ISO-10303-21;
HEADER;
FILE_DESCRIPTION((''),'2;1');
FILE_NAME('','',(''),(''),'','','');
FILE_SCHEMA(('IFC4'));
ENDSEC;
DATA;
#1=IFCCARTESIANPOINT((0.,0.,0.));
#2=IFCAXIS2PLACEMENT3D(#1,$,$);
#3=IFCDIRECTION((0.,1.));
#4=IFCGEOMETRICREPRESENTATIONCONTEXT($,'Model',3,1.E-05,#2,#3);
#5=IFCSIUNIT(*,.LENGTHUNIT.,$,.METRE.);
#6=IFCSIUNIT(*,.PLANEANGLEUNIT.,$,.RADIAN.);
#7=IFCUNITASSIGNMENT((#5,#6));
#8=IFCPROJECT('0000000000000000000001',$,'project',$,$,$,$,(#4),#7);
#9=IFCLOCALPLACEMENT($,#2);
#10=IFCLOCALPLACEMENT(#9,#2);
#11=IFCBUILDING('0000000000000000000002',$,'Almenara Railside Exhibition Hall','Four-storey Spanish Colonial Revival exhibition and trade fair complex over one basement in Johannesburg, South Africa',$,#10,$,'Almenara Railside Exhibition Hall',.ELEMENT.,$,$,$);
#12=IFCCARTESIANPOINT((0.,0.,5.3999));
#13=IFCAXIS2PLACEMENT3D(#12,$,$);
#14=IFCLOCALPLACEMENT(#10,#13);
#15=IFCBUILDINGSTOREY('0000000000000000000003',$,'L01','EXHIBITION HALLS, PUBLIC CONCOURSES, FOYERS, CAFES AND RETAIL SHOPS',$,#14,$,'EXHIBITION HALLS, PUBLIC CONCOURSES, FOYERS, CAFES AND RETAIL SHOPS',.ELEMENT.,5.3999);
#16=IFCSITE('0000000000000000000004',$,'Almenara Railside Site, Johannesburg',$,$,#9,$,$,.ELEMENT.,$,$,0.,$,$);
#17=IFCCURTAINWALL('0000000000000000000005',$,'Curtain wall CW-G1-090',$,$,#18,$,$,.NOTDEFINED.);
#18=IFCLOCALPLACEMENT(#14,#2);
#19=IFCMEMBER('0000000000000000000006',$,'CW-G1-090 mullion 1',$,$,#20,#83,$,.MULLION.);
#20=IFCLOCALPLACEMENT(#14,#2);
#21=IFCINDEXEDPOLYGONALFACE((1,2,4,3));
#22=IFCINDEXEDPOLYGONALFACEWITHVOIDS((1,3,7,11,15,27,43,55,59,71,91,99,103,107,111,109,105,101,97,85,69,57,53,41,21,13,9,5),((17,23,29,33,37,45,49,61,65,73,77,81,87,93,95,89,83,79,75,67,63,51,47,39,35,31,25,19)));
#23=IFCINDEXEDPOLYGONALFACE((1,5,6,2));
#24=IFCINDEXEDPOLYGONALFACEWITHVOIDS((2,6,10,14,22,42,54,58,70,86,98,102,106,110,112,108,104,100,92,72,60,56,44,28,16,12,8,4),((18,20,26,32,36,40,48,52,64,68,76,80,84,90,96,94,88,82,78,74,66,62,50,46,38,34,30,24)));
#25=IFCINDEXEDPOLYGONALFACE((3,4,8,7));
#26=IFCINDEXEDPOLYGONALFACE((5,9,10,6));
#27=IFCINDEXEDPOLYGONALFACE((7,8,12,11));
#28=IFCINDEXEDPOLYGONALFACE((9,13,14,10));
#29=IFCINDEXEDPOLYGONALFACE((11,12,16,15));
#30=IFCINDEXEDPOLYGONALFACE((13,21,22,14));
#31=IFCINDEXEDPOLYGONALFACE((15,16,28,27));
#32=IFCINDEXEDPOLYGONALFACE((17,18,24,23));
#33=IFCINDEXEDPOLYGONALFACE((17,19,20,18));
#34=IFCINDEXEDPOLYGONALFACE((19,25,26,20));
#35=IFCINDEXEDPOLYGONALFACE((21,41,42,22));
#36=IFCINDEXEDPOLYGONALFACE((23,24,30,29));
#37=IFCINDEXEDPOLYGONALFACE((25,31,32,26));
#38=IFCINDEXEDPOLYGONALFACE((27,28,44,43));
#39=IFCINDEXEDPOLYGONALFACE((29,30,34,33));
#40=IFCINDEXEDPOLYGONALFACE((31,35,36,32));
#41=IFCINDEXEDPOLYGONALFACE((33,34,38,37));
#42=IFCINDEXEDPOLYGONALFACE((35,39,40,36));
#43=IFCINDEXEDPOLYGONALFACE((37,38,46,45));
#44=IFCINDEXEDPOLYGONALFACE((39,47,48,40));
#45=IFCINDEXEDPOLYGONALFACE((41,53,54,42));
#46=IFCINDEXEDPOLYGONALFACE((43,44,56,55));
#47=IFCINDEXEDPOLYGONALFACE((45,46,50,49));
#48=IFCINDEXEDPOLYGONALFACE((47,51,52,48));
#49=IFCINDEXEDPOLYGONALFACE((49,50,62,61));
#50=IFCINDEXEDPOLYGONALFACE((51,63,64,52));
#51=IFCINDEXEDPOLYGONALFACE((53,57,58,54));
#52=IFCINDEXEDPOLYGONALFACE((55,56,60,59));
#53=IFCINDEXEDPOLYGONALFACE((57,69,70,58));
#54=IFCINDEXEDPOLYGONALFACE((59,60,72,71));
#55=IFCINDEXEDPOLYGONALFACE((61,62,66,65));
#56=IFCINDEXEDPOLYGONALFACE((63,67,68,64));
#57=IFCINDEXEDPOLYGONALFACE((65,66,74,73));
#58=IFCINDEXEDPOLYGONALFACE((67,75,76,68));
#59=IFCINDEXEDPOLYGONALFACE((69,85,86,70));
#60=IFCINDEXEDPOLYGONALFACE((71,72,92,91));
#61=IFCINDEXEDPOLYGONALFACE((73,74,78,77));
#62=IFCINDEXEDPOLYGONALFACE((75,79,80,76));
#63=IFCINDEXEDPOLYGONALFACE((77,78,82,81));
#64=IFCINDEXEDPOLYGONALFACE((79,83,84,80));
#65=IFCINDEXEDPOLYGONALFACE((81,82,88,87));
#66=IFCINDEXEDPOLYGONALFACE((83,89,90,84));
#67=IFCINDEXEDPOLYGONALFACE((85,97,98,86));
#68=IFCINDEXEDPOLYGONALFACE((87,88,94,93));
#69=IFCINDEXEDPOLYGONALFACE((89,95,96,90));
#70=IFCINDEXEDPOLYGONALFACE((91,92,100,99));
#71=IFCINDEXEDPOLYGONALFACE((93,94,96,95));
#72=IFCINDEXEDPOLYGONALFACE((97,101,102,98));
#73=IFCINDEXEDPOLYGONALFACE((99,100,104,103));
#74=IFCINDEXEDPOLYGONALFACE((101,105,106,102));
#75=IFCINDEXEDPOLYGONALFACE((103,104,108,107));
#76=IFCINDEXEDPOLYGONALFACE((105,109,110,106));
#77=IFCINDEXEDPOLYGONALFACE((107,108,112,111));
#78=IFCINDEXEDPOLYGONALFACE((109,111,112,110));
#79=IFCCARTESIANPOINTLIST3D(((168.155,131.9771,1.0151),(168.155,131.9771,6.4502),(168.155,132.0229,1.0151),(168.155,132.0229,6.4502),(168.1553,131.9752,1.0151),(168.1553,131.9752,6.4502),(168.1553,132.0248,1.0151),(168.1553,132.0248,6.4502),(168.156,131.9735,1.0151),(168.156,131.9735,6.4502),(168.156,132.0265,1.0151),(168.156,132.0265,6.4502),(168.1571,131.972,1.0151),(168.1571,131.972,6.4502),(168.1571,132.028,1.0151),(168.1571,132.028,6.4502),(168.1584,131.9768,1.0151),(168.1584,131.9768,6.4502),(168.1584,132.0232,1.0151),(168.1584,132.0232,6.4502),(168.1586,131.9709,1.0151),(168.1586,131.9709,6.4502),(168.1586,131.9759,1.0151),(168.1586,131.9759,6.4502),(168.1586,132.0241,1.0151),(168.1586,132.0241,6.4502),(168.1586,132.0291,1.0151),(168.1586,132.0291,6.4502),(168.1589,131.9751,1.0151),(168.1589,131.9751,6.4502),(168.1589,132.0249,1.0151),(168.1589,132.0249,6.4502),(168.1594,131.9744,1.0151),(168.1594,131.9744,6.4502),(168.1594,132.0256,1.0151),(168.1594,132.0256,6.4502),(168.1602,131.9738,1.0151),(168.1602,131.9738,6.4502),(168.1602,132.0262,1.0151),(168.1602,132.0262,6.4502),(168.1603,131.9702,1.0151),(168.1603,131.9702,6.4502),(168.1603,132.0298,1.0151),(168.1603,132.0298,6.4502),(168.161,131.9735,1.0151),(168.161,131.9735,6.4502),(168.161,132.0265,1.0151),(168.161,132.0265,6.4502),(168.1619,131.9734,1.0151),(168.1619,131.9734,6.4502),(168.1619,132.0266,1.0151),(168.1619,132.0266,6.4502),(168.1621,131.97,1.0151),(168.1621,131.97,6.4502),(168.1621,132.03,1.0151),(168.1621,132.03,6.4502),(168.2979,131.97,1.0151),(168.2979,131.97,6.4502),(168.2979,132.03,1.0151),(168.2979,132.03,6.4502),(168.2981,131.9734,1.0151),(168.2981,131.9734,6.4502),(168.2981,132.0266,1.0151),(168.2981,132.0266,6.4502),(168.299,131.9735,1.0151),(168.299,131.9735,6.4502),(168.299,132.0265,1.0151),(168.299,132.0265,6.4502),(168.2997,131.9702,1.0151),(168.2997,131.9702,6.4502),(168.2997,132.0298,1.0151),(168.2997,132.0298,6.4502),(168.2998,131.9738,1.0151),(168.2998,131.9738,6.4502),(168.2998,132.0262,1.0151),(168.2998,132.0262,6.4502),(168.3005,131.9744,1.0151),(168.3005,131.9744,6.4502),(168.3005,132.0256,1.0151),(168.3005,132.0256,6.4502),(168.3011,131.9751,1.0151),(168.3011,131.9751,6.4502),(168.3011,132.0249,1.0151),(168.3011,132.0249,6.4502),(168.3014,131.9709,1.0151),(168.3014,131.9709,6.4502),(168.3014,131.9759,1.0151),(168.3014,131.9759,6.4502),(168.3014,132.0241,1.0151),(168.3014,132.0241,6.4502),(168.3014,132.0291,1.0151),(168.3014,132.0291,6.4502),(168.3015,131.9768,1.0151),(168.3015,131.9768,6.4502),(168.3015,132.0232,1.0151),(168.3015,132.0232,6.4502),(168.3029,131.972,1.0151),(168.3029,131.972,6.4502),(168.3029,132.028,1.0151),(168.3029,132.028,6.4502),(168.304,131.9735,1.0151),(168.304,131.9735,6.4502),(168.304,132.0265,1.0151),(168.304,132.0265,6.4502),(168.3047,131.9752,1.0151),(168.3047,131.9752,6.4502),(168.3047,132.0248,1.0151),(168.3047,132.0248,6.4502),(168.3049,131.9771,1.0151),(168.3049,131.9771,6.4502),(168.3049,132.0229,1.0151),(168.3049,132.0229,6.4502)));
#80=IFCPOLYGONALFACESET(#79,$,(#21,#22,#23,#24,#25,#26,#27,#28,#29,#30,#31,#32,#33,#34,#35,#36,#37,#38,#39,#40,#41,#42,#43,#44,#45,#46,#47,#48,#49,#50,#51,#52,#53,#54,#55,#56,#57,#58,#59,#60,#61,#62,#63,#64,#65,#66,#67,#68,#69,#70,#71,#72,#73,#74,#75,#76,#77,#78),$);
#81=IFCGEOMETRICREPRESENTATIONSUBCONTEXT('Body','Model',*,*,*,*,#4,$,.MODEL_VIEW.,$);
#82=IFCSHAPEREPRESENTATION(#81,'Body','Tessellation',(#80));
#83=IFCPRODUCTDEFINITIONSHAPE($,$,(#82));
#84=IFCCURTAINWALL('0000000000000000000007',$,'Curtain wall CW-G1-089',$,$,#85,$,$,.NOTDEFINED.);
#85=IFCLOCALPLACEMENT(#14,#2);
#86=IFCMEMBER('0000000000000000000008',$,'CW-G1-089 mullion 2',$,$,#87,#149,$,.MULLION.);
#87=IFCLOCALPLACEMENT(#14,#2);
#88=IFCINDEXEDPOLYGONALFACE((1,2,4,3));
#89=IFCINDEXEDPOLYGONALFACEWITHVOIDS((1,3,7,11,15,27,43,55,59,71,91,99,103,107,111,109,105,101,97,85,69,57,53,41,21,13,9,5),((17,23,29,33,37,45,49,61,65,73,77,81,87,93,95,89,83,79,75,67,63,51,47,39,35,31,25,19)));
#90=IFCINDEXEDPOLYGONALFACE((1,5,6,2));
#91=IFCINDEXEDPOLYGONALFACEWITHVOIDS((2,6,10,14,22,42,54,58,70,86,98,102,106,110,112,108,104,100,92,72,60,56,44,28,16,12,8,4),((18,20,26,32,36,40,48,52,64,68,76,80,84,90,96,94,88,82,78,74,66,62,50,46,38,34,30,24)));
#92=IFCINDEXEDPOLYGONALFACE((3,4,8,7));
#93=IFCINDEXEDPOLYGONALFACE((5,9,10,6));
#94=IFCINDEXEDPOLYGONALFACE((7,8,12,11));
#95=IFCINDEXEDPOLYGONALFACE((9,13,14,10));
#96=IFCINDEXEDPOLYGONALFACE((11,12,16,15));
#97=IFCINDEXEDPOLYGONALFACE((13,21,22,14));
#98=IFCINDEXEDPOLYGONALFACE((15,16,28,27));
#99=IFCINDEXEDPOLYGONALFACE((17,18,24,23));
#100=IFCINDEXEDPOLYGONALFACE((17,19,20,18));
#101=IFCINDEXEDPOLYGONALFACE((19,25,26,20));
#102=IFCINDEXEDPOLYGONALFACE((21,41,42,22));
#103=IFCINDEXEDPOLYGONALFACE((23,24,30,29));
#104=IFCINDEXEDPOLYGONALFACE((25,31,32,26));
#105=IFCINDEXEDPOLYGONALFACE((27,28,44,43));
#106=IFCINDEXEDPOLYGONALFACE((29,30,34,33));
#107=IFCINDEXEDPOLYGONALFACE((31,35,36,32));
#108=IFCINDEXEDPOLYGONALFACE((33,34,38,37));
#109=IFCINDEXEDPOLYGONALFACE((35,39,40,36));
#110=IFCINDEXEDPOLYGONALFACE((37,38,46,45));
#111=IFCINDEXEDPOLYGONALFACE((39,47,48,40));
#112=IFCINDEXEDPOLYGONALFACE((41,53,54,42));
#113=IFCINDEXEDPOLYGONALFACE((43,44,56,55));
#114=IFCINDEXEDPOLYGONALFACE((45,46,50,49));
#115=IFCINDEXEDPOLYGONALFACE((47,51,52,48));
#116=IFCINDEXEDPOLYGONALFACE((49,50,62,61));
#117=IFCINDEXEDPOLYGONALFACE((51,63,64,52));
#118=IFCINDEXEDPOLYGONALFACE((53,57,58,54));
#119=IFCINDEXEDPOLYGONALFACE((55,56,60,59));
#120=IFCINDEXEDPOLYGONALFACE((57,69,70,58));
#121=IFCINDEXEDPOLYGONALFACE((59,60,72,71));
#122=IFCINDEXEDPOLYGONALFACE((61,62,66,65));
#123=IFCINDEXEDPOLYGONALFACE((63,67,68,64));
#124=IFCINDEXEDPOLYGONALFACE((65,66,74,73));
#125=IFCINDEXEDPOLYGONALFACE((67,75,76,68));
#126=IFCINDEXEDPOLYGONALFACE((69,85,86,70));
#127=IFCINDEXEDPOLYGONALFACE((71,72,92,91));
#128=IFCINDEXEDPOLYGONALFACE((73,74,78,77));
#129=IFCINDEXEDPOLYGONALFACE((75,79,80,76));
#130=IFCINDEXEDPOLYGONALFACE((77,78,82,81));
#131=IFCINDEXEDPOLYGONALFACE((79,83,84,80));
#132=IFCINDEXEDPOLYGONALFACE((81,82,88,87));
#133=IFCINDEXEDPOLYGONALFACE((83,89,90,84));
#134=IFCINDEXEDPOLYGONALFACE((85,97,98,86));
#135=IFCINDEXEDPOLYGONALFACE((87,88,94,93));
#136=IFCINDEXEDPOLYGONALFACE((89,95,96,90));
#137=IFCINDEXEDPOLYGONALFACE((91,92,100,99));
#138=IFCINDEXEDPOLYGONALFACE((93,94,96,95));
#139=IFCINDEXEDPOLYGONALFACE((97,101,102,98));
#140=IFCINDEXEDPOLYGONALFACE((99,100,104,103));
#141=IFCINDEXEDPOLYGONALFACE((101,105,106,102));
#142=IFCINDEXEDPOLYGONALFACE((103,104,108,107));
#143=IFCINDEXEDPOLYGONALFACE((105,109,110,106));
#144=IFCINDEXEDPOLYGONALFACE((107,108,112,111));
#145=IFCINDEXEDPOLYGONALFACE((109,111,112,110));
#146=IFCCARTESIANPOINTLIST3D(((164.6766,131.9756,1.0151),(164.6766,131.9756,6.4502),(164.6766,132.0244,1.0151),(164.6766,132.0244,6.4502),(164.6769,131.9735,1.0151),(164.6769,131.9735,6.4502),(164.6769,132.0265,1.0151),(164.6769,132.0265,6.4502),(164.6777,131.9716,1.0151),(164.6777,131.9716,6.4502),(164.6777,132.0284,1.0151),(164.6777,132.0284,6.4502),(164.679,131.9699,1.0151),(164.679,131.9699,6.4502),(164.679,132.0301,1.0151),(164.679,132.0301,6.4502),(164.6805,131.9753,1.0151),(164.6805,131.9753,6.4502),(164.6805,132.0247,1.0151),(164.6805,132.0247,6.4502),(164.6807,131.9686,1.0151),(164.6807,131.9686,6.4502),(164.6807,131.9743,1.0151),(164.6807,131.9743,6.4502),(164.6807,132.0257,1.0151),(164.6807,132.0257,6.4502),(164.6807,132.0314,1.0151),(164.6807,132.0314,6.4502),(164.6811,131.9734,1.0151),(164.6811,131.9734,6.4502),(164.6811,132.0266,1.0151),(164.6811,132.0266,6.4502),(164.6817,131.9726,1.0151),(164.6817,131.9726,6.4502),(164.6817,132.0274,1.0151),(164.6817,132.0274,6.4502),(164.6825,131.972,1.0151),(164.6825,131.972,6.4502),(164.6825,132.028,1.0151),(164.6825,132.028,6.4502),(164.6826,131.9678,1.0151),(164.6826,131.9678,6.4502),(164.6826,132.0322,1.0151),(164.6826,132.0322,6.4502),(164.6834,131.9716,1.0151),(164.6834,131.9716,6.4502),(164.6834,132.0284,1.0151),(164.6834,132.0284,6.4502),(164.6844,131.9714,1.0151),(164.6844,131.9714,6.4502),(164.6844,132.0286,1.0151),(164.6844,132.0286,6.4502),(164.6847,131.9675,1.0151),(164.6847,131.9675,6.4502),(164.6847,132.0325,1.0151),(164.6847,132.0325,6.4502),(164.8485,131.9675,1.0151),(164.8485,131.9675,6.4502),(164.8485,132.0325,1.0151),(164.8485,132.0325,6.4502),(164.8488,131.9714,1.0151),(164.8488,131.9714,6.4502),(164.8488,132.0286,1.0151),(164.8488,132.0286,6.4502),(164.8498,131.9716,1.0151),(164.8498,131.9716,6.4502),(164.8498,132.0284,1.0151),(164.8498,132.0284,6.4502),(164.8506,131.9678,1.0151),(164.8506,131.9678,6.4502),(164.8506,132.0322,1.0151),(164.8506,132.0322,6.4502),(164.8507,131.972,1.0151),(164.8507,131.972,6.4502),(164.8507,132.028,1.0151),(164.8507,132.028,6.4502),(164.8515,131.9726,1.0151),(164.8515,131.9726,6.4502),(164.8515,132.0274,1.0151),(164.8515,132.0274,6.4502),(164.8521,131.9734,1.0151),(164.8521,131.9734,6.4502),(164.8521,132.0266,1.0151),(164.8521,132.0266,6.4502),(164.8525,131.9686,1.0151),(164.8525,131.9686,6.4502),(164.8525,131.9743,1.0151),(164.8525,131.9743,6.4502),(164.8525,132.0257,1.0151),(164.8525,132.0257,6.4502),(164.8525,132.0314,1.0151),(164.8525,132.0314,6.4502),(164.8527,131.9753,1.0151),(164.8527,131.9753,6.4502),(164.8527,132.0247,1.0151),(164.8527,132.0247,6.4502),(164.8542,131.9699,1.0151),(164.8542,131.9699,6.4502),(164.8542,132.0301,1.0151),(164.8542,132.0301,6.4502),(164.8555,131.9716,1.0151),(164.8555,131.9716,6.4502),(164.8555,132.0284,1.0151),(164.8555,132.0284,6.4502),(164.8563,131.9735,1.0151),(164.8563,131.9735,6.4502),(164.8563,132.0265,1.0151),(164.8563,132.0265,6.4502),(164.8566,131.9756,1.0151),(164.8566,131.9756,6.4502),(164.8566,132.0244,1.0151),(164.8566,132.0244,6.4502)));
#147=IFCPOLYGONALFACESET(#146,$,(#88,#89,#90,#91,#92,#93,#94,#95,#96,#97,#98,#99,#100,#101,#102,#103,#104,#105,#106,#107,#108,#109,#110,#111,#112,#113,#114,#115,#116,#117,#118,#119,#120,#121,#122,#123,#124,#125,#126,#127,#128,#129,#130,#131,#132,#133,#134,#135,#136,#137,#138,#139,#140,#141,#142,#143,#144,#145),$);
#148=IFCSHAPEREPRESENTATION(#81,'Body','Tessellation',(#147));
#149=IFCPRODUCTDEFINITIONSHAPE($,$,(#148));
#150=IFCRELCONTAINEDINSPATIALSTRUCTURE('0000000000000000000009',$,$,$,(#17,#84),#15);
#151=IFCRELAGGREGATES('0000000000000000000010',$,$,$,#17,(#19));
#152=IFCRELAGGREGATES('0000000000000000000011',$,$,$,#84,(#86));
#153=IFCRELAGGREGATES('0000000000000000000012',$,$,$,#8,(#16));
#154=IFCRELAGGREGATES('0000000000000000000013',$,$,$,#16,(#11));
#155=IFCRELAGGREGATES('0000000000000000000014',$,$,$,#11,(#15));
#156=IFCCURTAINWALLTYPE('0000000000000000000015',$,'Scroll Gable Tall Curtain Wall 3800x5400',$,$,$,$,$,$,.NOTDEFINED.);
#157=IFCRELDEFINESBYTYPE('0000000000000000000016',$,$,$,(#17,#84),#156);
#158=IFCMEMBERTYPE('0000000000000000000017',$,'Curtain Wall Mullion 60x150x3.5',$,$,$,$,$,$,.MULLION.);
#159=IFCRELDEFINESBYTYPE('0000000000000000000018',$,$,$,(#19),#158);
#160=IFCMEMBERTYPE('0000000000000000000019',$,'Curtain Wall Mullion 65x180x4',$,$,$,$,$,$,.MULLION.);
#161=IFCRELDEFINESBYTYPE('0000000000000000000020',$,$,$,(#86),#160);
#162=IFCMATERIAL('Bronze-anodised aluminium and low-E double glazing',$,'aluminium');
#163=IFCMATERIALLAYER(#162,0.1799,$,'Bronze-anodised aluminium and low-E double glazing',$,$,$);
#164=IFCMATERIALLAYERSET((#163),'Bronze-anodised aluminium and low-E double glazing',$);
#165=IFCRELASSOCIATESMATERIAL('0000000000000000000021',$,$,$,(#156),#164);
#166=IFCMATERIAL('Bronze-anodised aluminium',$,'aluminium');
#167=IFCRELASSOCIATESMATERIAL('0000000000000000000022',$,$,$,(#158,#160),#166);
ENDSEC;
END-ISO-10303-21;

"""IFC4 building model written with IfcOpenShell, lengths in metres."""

from ifc_helpers import new_model, si_unit, direction, frame, origin, origin_2d, place, context, subcontext, project, spatial, hollow_rectangle, extrude, material, layer, layer_set, material_profile, profile_set, type_object, element, aggregate, save


model = new_model("IFC4")

# Units and contexts
model_context = context("Model", 3, precision=1e-05, world=origin(), true_north=direction((0.0, 1.0)))
body_context = subcontext(model_context, "Body", "Model", "MODEL_VIEW")
ifc_project = project(units=[si_unit("LENGTHUNIT", "METRE"), si_unit("PLANEANGLEUNIT", "RADIAN")], contexts=[model_context])

# Site, building, storey
site_placement = place(None, origin())
site = spatial("IfcSite", under=ifc_project, at=site_placement, Name="Almenara Railside Site, Johannesburg", CompositionType="ELEMENT", RefElevation=0.0)
building_placement = place(site_placement, origin())
building = spatial("IfcBuilding", under=site, at=building_placement, Name="Almenara Railside Exhibition Hall", Description="Four-storey Spanish Colonial Revival exhibition and trade fair complex over one basement in Johannesburg, South Africa", LongName="Almenara Railside Exhibition Hall", CompositionType="ELEMENT")
storey_placement = place(building_placement, frame((0.0, 0.0, 5.3999)))
storey = spatial("IfcBuildingStorey", under=building, at=storey_placement, Name="L01", Description="EXHIBITION HALLS, PUBLIC CONCOURSES, FOYERS, CAFES AND RETAIL SHOPS", LongName="EXHIBITION HALLS, PUBLIC CONCOURSES, FOYERS, CAFES AND RETAIL SHOPS", CompositionType="ELEMENT", Elevation=5.3999)

# Curtain wall, member
ifc_material_1 = material(Name="Bronze-anodised aluminium and low-E double glazing", Category="aluminium")
ifc_layer_1 = layer(ifc_material_1, 0.1799, Name="Bronze-anodised aluminium and low-E double glazing")
ifc_layer_set_1 = layer_set([ifc_layer_1], Name="Bronze-anodised aluminium and low-E double glazing")
curtain_wall_type = type_object("IfcCurtainWallType", Name="Scroll Gable Tall Curtain Wall 3800x5400", PredefinedType="NOTDEFINED", material=ifc_layer_set_1)
curtain_wall_1_placement = place(storey_placement, origin())
curtain_wall_1 = element("IfcCurtainWall", 1, at=curtain_wall_1_placement, inside=storey, type_object=curtain_wall_type, Name="Curtain wall CW-G1-090", PredefinedType="NOTDEFINED")
ifc_material_2 = material(Name="Bronze-anodised aluminium", Category="aluminium")
ifc_material_profile_1 = material_profile(ifc_material_2, hollow_rectangle(XDim=0.0601, YDim=0.1499, WallThickness=0.0034, InnerFilletRadius=0.0034, OuterFilletRadius=0.0071, at=origin_2d()), Name="ALU-MUL 60x150x3.5")
ifc_profile_set_1 = profile_set([ifc_material_profile_1], Name="Bronze-anodised aluminium")
member_type_1 = type_object("IfcMemberType", Name="Curtain Wall Mullion 60x150x3.5", PredefinedType="MULLION", material=ifc_profile_set_1)
member_1_placement = place(storey_placement, frame((168.23, 132.0, 1.0151), z_axis=(0.0, 0.0, 1.0), x_axis=(0.0, 1.0, 0.0)))
member_1 = element("IfcMember", 2, at=member_1_placement, type_object=member_type_1, Name="CW-G1-090 mullion 1", PredefinedType="MULLION", context=body_context, shape_type="SweptSolid", body=[
    extrude(hollow_rectangle(XDim=0.0601, YDim=0.1499, WallThickness=0.0034, InnerFilletRadius=0.0034, OuterFilletRadius=0.0071, at=origin_2d()), origin(), (0.0, 0.0, 1.0), 5.4351),
])

# Curtain wall, member
curtain_wall_2_placement = place(storey_placement, origin())
curtain_wall_2 = element("IfcCurtainWall", 3, at=curtain_wall_2_placement, inside=storey, type_object=curtain_wall_type, Name="Curtain wall CW-G1-089", PredefinedType="NOTDEFINED")
ifc_material_profile_2 = material_profile(ifc_material_2, hollow_rectangle(XDim=0.0649, YDim=0.1799, WallThickness=0.0039, InnerFilletRadius=0.0039, OuterFilletRadius=0.0081, at=origin_2d()), Name="ALU-MUL 65x180x4")
ifc_profile_set_2 = profile_set([ifc_material_profile_2], Name="Bronze-anodised aluminium")
member_type_2 = type_object("IfcMemberType", Name="Curtain Wall Mullion 65x180x4", PredefinedType="MULLION", material=ifc_profile_set_2)
member_2_placement = place(storey_placement, frame((164.7666, 132.0, 1.0151), z_axis=(0.0, 0.0, 1.0), x_axis=(0.0, 1.0, 0.0)))
member_2 = element("IfcMember", 4, at=member_2_placement, type_object=member_type_2, Name="CW-G1-089 mullion 2", PredefinedType="MULLION", context=body_context, shape_type="SweptSolid", body=[
    extrude(hollow_rectangle(XDim=0.0649, YDim=0.1799, WallThickness=0.0039, InnerFilletRadius=0.0039, OuterFilletRadius=0.0081, at=origin_2d()), origin(), (0.0, 0.0, 1.0), 5.4351),
])

aggregate(curtain_wall_1, [member_1])

aggregate(curtain_wall_2, [member_2])

save(model, "model.ifc")
